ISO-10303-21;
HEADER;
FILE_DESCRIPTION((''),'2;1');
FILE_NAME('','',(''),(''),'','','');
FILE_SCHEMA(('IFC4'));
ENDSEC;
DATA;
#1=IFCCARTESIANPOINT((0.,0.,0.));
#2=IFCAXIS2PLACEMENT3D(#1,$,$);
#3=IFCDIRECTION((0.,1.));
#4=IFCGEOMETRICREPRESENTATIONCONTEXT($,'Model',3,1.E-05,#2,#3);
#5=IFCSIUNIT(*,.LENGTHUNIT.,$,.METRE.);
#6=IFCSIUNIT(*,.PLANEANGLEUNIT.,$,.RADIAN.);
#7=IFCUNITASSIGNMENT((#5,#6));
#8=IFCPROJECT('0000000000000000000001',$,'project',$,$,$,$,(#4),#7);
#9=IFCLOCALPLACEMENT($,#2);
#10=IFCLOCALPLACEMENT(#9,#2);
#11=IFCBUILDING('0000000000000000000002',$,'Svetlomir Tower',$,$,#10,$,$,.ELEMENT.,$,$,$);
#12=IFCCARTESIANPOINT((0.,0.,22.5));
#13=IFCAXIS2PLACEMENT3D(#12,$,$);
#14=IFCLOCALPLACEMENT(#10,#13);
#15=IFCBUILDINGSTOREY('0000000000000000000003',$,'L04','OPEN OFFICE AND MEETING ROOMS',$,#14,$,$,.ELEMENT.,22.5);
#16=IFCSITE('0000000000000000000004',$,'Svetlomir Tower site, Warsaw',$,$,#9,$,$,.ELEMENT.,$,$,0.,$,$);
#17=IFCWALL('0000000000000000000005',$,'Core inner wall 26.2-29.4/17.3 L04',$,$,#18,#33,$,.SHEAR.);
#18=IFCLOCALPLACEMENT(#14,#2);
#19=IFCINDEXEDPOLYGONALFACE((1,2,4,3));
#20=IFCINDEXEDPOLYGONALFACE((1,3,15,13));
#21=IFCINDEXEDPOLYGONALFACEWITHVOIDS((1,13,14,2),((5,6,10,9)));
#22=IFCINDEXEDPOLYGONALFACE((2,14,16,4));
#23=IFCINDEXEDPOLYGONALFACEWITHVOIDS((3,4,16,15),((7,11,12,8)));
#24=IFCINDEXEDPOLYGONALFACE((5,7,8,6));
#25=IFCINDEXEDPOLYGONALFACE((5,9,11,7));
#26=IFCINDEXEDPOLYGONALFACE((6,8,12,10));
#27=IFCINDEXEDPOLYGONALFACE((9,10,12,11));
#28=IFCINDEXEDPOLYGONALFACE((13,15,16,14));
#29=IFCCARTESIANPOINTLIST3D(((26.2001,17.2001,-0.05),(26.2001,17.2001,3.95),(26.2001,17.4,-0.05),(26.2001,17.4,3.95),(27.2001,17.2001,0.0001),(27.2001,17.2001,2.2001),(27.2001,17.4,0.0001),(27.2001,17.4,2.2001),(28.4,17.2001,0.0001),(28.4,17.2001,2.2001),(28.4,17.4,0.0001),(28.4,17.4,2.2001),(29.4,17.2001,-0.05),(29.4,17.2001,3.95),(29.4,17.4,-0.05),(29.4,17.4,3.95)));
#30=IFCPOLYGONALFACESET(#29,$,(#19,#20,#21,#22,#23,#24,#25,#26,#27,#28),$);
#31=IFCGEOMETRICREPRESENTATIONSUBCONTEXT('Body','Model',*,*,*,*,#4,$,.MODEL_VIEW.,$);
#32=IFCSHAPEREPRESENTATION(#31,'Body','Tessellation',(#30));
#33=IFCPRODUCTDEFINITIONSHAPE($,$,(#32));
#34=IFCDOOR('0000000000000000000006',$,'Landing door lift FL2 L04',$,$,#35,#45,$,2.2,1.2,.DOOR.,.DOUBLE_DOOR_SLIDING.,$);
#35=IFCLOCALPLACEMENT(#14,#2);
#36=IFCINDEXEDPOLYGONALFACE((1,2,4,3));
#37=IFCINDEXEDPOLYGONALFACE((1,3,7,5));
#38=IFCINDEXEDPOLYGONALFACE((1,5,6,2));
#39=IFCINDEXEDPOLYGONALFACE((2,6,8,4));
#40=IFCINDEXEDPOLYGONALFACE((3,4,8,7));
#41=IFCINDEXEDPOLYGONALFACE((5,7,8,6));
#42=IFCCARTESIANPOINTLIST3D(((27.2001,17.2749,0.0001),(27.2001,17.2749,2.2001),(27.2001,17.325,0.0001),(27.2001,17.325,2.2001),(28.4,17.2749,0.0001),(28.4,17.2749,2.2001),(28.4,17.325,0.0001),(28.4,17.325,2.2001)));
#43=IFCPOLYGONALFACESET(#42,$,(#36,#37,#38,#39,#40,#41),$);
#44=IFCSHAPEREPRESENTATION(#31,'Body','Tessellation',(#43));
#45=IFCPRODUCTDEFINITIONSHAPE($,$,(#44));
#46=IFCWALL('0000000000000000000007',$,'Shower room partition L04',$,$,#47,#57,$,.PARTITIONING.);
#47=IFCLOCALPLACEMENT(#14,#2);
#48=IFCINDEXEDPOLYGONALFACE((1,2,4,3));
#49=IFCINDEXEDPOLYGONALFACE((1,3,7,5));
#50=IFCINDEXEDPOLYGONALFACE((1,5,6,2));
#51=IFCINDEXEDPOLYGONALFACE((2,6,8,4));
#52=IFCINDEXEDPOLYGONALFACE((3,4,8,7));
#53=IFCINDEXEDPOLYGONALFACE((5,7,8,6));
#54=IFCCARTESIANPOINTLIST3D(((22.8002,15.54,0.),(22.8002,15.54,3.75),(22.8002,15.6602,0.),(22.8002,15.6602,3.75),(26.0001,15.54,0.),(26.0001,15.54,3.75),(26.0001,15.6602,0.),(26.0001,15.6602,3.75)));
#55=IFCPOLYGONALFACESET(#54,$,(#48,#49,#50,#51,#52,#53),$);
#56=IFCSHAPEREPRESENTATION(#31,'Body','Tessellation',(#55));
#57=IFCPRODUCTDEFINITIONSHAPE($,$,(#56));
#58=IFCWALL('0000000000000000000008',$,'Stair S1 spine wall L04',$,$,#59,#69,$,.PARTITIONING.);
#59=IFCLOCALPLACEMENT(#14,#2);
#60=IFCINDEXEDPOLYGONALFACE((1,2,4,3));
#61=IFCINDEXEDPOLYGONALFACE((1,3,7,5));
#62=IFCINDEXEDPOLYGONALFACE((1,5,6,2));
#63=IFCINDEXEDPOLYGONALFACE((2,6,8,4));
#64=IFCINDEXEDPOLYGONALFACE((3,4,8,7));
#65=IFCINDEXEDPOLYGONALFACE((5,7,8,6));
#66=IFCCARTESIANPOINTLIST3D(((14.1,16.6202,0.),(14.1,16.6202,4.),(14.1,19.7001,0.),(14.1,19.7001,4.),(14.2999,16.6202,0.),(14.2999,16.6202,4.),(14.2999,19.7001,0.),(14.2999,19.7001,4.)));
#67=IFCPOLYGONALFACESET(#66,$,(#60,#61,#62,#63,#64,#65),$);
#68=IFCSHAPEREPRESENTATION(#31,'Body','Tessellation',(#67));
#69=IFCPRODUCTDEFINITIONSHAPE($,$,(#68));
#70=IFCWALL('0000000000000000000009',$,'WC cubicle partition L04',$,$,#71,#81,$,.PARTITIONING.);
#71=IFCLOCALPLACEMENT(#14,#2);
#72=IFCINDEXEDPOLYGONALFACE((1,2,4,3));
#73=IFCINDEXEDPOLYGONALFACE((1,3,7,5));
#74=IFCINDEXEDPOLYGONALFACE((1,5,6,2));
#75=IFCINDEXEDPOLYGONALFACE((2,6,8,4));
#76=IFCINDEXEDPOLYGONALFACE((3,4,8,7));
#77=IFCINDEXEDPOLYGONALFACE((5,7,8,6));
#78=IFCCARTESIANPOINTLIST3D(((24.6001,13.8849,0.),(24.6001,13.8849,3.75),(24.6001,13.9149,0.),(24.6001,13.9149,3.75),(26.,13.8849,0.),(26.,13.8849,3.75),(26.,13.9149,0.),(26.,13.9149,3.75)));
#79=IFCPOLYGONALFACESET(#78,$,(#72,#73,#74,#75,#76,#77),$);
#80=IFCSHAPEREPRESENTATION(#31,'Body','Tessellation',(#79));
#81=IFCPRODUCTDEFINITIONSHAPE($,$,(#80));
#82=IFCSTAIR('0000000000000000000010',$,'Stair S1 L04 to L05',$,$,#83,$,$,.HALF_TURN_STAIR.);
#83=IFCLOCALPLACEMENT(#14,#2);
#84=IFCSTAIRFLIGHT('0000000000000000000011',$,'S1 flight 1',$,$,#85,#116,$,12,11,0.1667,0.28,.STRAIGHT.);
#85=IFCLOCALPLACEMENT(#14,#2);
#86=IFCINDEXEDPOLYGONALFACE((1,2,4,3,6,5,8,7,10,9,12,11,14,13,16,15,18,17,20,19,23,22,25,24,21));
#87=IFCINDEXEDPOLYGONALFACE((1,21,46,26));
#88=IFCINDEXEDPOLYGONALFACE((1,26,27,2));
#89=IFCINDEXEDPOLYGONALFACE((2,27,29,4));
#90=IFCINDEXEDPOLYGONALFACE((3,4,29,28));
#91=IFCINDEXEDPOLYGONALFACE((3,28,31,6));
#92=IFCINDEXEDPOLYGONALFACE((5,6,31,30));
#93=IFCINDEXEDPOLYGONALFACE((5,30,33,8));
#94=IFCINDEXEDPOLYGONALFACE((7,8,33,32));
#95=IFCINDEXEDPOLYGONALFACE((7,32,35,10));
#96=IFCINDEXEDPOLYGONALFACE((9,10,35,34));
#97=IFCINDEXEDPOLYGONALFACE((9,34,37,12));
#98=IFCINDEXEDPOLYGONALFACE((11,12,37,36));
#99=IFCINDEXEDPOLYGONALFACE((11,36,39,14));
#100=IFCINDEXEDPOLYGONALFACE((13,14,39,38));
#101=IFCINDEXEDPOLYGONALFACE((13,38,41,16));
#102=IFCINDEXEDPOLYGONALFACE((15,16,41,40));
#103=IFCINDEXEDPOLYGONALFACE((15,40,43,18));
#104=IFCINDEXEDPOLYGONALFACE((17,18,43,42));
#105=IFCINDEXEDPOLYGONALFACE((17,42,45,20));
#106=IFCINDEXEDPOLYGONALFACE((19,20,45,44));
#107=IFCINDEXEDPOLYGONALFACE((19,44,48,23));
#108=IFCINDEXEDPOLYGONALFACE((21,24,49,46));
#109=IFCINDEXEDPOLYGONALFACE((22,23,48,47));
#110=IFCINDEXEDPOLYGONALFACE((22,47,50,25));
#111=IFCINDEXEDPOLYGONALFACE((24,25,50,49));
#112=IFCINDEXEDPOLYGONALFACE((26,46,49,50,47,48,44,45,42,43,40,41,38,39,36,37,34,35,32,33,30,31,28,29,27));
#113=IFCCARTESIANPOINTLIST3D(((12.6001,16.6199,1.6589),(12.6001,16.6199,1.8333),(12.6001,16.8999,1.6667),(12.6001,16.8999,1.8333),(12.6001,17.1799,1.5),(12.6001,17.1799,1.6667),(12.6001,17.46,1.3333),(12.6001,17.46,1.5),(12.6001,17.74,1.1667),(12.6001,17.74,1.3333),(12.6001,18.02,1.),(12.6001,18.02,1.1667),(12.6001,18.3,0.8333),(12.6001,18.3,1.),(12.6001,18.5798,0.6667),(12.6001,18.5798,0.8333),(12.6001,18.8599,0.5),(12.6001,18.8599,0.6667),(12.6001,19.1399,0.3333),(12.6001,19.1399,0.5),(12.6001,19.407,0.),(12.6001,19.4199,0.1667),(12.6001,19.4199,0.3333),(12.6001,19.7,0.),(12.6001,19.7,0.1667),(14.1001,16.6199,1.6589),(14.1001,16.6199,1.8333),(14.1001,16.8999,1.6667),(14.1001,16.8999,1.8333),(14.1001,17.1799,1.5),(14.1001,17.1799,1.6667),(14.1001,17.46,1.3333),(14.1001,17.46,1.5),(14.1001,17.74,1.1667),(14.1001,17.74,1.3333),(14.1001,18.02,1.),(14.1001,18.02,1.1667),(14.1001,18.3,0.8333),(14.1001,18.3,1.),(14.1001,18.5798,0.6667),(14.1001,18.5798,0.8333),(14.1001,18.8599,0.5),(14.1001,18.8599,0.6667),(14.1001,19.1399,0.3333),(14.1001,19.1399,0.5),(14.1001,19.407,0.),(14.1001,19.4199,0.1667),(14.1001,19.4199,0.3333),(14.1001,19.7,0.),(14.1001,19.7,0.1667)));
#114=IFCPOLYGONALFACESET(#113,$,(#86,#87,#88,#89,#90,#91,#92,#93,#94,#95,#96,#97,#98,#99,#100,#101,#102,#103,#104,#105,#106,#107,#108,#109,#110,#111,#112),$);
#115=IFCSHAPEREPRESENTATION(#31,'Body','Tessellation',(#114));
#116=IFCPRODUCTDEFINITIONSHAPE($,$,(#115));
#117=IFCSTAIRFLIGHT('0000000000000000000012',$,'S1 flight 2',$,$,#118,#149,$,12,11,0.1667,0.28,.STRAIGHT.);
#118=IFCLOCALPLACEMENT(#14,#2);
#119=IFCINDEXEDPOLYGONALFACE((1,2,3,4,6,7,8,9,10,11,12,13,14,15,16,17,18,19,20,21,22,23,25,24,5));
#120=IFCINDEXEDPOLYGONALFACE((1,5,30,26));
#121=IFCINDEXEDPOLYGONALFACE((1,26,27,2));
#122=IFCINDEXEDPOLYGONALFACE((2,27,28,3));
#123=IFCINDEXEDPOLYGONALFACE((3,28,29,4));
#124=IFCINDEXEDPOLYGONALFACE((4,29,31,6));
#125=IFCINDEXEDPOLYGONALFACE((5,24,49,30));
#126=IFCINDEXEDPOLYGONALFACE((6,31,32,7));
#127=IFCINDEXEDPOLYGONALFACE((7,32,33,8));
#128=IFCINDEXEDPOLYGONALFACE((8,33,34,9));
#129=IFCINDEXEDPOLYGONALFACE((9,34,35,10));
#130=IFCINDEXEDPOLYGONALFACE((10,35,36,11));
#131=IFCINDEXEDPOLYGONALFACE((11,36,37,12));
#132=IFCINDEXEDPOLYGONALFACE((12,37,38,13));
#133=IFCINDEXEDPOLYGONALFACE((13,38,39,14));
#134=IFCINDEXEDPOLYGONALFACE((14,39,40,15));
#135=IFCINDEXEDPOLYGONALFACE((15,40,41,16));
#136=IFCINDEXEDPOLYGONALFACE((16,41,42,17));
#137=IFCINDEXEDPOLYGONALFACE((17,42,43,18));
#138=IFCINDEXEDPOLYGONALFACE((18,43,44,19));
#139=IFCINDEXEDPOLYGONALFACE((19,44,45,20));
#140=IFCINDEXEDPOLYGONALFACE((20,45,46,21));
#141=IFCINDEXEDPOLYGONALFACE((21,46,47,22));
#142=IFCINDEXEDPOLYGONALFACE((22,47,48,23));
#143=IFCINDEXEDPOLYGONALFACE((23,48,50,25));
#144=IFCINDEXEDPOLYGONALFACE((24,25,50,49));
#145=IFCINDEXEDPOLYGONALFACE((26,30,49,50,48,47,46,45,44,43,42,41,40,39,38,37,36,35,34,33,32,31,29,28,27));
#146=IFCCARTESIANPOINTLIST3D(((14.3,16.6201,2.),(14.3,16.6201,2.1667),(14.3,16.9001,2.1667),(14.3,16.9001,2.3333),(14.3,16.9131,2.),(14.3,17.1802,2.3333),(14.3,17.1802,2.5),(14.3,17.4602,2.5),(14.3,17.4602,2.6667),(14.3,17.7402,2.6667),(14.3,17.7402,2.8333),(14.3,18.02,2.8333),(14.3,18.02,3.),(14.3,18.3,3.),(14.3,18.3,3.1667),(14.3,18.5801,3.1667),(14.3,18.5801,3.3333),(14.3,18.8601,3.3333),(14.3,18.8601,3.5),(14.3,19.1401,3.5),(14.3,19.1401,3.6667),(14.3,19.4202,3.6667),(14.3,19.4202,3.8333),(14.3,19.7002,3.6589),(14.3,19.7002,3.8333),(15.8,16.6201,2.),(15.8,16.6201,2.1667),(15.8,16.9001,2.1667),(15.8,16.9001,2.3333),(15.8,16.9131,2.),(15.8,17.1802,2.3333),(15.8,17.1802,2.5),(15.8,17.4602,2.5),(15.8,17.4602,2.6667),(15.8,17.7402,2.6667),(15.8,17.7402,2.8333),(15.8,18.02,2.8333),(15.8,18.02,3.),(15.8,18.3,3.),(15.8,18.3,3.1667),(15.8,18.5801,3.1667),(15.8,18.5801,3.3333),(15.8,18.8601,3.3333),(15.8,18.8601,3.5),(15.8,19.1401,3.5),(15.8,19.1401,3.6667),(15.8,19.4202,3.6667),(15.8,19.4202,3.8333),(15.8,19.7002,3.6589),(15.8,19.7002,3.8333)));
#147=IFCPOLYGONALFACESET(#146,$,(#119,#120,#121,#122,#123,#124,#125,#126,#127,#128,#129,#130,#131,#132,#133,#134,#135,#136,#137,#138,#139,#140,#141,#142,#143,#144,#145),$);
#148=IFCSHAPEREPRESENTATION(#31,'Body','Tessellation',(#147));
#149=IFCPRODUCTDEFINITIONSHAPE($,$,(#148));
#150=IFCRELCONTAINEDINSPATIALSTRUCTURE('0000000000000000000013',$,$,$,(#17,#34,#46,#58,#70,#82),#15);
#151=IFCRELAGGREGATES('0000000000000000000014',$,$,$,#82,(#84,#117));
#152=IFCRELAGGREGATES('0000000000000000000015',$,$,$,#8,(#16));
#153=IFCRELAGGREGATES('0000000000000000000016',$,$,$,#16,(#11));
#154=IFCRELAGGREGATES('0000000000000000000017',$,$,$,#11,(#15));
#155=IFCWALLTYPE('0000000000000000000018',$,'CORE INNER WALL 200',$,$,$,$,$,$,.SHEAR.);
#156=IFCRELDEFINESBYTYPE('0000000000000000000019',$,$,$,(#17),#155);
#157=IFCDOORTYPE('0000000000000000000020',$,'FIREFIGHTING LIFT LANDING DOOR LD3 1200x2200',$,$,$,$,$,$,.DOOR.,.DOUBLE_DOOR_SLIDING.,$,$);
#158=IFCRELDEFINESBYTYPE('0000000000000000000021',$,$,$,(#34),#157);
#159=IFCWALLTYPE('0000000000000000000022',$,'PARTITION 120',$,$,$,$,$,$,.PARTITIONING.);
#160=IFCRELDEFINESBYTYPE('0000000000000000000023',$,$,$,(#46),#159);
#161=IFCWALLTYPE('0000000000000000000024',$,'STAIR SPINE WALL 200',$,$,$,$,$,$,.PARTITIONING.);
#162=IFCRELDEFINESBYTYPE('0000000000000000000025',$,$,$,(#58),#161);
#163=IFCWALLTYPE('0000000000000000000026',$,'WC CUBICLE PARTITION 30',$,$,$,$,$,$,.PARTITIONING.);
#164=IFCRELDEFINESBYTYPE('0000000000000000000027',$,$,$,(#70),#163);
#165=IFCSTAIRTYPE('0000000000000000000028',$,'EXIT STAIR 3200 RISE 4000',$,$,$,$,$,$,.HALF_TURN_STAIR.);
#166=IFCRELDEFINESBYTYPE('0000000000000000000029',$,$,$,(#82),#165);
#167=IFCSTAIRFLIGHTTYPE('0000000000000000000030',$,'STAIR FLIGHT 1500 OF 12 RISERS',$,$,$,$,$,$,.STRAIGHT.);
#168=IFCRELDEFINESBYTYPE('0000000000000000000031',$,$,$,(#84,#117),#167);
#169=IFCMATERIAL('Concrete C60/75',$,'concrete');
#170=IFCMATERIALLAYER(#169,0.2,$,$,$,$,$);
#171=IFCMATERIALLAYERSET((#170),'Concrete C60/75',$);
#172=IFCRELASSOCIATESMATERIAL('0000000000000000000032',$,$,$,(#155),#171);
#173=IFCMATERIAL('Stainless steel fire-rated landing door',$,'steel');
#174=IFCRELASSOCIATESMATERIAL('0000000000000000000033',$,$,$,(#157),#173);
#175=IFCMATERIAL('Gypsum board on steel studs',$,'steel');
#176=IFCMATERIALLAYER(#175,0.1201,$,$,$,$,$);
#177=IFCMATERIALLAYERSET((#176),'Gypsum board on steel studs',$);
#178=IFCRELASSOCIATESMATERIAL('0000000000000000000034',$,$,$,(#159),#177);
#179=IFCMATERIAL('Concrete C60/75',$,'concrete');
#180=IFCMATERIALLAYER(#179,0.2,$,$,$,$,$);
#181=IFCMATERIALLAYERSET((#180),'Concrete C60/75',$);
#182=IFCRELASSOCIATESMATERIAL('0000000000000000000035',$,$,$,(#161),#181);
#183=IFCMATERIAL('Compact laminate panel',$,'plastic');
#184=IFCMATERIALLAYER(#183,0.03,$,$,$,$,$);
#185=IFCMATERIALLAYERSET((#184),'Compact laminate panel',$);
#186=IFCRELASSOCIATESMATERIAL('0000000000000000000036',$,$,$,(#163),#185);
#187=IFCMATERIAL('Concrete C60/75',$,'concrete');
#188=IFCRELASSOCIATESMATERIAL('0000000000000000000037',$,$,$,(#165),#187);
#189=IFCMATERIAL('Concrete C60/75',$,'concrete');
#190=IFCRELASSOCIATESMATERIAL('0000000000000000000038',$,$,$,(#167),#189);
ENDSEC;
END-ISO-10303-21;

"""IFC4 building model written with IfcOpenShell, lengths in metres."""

from ifc_helpers import new_model, si_unit, direction, frame, frame_2d, origin, place, context, subcontext, project, spatial, polyline, rectangle, outline, extrude, material, layer, layer_set, type_object, element, fill, aggregate, save


model = new_model("IFC4")

# Units and contexts
model_context = context("Model", 3, precision=1e-05, world=origin(), true_north=direction((0.0, 1.0)))
body_context = subcontext(model_context, "Body", "Model", "MODEL_VIEW")
ifc_project = project(units=[si_unit("LENGTHUNIT", "METRE"), si_unit("PLANEANGLEUNIT", "RADIAN")], contexts=[model_context])

# Site, building, storey
site_placement = place(None, origin())
site = spatial("IfcSite", under=ifc_project, at=site_placement, Name="Svetlomir Tower site, Warsaw", CompositionType="ELEMENT", RefElevation=0.0)
building_placement = place(site_placement, origin())
building = spatial("IfcBuilding", under=site, at=building_placement, Name="Svetlomir Tower", CompositionType="ELEMENT")
storey_placement = place(building_placement, frame((0.0, 0.0, 22.5)))
storey = spatial("IfcBuildingStorey", under=building, at=storey_placement, Name="L04", Description="OPEN OFFICE AND MEETING ROOMS", CompositionType="ELEMENT", Elevation=22.5)

# Shared definitions
ifc_material_1 = material(Name="Concrete C60/75", Category="concrete")
ifc_layer_1 = layer(ifc_material_1, 0.2)
ifc_layer_set_1 = layer_set([ifc_layer_1], Name="Concrete C60/75")
wall_type_1 = type_object("IfcWallType", Name="CORE INNER WALL 200", PredefinedType="SHEAR", material=ifc_layer_set_1)

# Wall, opening, door
wall_1_placement = place(storey_placement, frame((26.2, 17.3, -0.05), z_axis=(0.0, 0.0, 1.0), x_axis=(1.0, 0.0, 0.0)))
wall_1 = element("IfcWall", 1, at=wall_1_placement, inside=storey, type_object=wall_type_1, Name="Core inner wall 26.2-29.4/17.3 L04", PredefinedType="SHEAR", context=body_context, shape_type="SweptSolid", body=[
    extrude(rectangle(XDim=3.2, YDim=0.2, at=frame_2d((1.6001, 0.0))), origin(), (0.0, 0.0, 1.0), 4.0),
])
opening_1_placement = place(wall_1_placement, frame((1.0, 0.0, 0.05)))
opening_1 = element("IfcOpeningElement", 2, at=opening_1_placement, cuts=wall_1, PredefinedType="OPENING", context=body_context, shape_type="SweptSolid", body=[
    extrude(rectangle(XDim=1.2, YDim=2.2, at=frame_2d((0.6001, 1.1001))), frame((0.0, 0.1099, 0.0), z_axis=(0.0, -1.0, 0.0), x_axis=(1.0, 0.0, 0.0)), (0.0, 0.0, 1.0), 0.22),
])
ifc_material_2 = material(Name="Stainless steel fire-rated landing door", Category="steel")
door_type_1 = type_object("IfcDoorType", Name="FIREFIGHTING LIFT LANDING DOOR LD3 1200x2200", OperationType="DOUBLE_DOOR_SLIDING", PredefinedType="DOOR", material=ifc_material_2)
door_1_placement = place(opening_1_placement, origin())
door_1 = element("IfcDoor", 3, at=door_1_placement, inside=storey, type_object=door_type_1, Name="Landing door lift FL2 L04", OperationType="DOUBLE_DOOR_SLIDING", OverallHeight=2.2, OverallWidth=1.2, PredefinedType="DOOR", context=body_context, shape_type="SweptSolid", body=[
    extrude(rectangle(XDim=1.2, YDim=2.2, at=frame_2d((0.6001, 1.1001))), frame((0.0, 0.0249, 0.0), z_axis=(0.0, -1.0, 0.0), x_axis=(1.0, 0.0, 0.0)), (0.0, 0.0, 1.0), 0.05),
])
fill(opening_1, door_1)

# Walls
ifc_material_3 = material(Name="Gypsum board on steel studs", Category="steel")
ifc_layer_2 = layer(ifc_material_3, 0.1201)
ifc_layer_set_2 = layer_set([ifc_layer_2], Name="Gypsum board on steel studs")
wall_type_2 = type_object("IfcWallType", Name="PARTITION 120", PredefinedType="PARTITIONING", material=ifc_layer_set_2)
wall_2_placement = place(storey_placement, frame((22.8, 15.6001, 0.0), z_axis=(0.0, 0.0, 1.0), x_axis=(1.0, 0.0, 0.0)))
element("IfcWall", 4, at=wall_2_placement, inside=storey, type_object=wall_type_2, Name="Shower room partition L04", PredefinedType="PARTITIONING", context=body_context, shape_type="SweptSolid", body=[
    extrude(rectangle(XDim=3.2, YDim=0.1201, at=frame_2d((1.6001, 0.0))), origin(), (0.0, 0.0, 1.0), 3.75),
])
ifc_material_4 = material(Name="Concrete C60/75", Category="concrete")
ifc_layer_3 = layer(ifc_material_4, 0.2)
ifc_layer_set_3 = layer_set([ifc_layer_3], Name="Concrete C60/75")
wall_type_3 = type_object("IfcWallType", Name="STAIR SPINE WALL 200", PredefinedType="PARTITIONING", material=ifc_layer_set_3)
wall_3_placement = place(storey_placement, frame((14.2, 16.6201, 0.0), z_axis=(0.0, 0.0, 1.0), x_axis=(0.0, 1.0, 0.0)))
element("IfcWall", 5, at=wall_3_placement, inside=storey, type_object=wall_type_3, Name="Stair S1 spine wall L04", PredefinedType="PARTITIONING", context=body_context, shape_type="SweptSolid", body=[
    extrude(rectangle(XDim=3.0798, YDim=0.2, at=frame_2d((1.54, 0.0))), origin(), (0.0, 0.0, 1.0), 4.0),
])
ifc_material_5 = material(Name="Compact laminate panel", Category="plastic")
ifc_layer_4 = layer(ifc_material_5, 0.03)
ifc_layer_set_4 = layer_set([ifc_layer_4], Name="Compact laminate panel")
wall_type_4 = type_object("IfcWallType", Name="WC CUBICLE PARTITION 30", PredefinedType="PARTITIONING", material=ifc_layer_set_4)
wall_4_placement = place(storey_placement, frame((24.6001, 13.8999, 0.0), z_axis=(0.0, 0.0, 1.0), x_axis=(1.0, 0.0, 0.0)))
element("IfcWall", 6, at=wall_4_placement, inside=storey, type_object=wall_type_4, Name="WC cubicle partition L04", PredefinedType="PARTITIONING", context=body_context, shape_type="SweptSolid", body=[
    extrude(rectangle(XDim=1.3999, YDim=0.03, at=frame_2d((0.7, 0.0))), origin(), (0.0, 0.0, 1.0), 3.75),
])

# Stair, stair flights
ifc_material_6 = material(Name="Concrete C60/75", Category="concrete")
stair_type = type_object("IfcStairType", Name="EXIT STAIR 3200 RISE 4000", PredefinedType="HALF_TURN_STAIR", material=ifc_material_6)
stair_placement = place(storey_placement, origin())
stair = element("IfcStair", 7, at=stair_placement, inside=storey, type_object=stair_type, Name="Stair S1 L04 to L05", PredefinedType="HALF_TURN_STAIR")
ifc_material_7 = material(Name="Concrete C60/75", Category="concrete")
stair_flight_type = type_object("IfcStairFlightType", Name="STAIR FLIGHT 1500 OF 12 RISERS", PredefinedType="STRAIGHT", material=ifc_material_7)
stair_flight_1_placement = place(storey_placement, frame((13.3501, 19.7, 0.0), z_axis=(0.0, 0.0, 1.0), x_axis=(0.0, -1.0, 0.0)))
stair_flight_1 = element("IfcStairFlight", 8, at=stair_flight_1_placement, type_object=stair_flight_type, Name="S1 flight 1", NumberOfRisers=12, NumberOfTreads=11, PredefinedType="STRAIGHT", RiserHeight=0.1667, TreadLength=0.28, context=body_context, shape_type="SweptSolid", body=[
    extrude(outline(polyline([(0.0, 0.0), (0.0, 0.1667), (0.28, 0.1667), (0.28, 0.3333), (0.5601, 0.3333), (0.5601, 0.5), (0.8401, 0.5), (0.8401, 0.6667), (1.1201, 0.6667), (1.1201, 0.8333), (1.3999, 0.8333), (1.3999, 1.0), (1.6799, 1.0), (1.6799, 1.1667), (1.96, 1.1667), (1.96, 1.3333), (2.24, 1.3333), (2.24, 1.5), (2.52, 1.5), (2.52, 1.6667), (2.8, 1.6667), (2.8, 1.8333), (3.0801, 1.8333), (3.0801, 2.0), (3.0801, 1.6589), (0.293, 0.0), (0.0, 0.0)])), frame((0.0, 0.75, 0.0), z_axis=(0.0, -1.0, 0.0), x_axis=(1.0, 0.0, 0.0)), (0.0, 0.0, 1.0), 1.5),
])
stair_flight_2_placement = place(storey_placement, frame((15.05, 16.6201, 2.0), z_axis=(0.0, 0.0, 1.0), x_axis=(0.0, 1.0, 0.0)))
stair_flight_2 = element("IfcStairFlight", 9, at=stair_flight_2_placement, type_object=stair_flight_type, Name="S1 flight 2", NumberOfRisers=12, NumberOfTreads=11, PredefinedType="STRAIGHT", RiserHeight=0.1667, TreadLength=0.28, context=body_context, shape_type="SweptSolid", body=[
    extrude(outline(polyline([(0.0, 0.0), (0.0, 0.1667), (0.28, 0.1667), (0.28, 0.3333), (0.5601, 0.3333), (0.5601, 0.5), (0.8401, 0.5), (0.8401, 0.6667), (1.1201, 0.6667), (1.1201, 0.8333), (1.3999, 0.8333), (1.3999, 1.0), (1.6799, 1.0), (1.6799, 1.1667), (1.96, 1.1667), (1.96, 1.3333), (2.24, 1.3333), (2.24, 1.5), (2.52, 1.5), (2.52, 1.6667), (2.8, 1.6667), (2.8, 1.8333), (3.0801, 1.8333), (3.0801, 2.0), (3.0801, 1.6589), (0.293, 0.0), (0.0, 0.0)])), frame((0.0, 0.75, 0.0), z_axis=(0.0, -1.0, 0.0), x_axis=(1.0, 0.0, 0.0)), (0.0, 0.0, 1.0), 1.5),
])
aggregate(stair, [stair_flight_1, stair_flight_2])

save(model, "model.ifc")
